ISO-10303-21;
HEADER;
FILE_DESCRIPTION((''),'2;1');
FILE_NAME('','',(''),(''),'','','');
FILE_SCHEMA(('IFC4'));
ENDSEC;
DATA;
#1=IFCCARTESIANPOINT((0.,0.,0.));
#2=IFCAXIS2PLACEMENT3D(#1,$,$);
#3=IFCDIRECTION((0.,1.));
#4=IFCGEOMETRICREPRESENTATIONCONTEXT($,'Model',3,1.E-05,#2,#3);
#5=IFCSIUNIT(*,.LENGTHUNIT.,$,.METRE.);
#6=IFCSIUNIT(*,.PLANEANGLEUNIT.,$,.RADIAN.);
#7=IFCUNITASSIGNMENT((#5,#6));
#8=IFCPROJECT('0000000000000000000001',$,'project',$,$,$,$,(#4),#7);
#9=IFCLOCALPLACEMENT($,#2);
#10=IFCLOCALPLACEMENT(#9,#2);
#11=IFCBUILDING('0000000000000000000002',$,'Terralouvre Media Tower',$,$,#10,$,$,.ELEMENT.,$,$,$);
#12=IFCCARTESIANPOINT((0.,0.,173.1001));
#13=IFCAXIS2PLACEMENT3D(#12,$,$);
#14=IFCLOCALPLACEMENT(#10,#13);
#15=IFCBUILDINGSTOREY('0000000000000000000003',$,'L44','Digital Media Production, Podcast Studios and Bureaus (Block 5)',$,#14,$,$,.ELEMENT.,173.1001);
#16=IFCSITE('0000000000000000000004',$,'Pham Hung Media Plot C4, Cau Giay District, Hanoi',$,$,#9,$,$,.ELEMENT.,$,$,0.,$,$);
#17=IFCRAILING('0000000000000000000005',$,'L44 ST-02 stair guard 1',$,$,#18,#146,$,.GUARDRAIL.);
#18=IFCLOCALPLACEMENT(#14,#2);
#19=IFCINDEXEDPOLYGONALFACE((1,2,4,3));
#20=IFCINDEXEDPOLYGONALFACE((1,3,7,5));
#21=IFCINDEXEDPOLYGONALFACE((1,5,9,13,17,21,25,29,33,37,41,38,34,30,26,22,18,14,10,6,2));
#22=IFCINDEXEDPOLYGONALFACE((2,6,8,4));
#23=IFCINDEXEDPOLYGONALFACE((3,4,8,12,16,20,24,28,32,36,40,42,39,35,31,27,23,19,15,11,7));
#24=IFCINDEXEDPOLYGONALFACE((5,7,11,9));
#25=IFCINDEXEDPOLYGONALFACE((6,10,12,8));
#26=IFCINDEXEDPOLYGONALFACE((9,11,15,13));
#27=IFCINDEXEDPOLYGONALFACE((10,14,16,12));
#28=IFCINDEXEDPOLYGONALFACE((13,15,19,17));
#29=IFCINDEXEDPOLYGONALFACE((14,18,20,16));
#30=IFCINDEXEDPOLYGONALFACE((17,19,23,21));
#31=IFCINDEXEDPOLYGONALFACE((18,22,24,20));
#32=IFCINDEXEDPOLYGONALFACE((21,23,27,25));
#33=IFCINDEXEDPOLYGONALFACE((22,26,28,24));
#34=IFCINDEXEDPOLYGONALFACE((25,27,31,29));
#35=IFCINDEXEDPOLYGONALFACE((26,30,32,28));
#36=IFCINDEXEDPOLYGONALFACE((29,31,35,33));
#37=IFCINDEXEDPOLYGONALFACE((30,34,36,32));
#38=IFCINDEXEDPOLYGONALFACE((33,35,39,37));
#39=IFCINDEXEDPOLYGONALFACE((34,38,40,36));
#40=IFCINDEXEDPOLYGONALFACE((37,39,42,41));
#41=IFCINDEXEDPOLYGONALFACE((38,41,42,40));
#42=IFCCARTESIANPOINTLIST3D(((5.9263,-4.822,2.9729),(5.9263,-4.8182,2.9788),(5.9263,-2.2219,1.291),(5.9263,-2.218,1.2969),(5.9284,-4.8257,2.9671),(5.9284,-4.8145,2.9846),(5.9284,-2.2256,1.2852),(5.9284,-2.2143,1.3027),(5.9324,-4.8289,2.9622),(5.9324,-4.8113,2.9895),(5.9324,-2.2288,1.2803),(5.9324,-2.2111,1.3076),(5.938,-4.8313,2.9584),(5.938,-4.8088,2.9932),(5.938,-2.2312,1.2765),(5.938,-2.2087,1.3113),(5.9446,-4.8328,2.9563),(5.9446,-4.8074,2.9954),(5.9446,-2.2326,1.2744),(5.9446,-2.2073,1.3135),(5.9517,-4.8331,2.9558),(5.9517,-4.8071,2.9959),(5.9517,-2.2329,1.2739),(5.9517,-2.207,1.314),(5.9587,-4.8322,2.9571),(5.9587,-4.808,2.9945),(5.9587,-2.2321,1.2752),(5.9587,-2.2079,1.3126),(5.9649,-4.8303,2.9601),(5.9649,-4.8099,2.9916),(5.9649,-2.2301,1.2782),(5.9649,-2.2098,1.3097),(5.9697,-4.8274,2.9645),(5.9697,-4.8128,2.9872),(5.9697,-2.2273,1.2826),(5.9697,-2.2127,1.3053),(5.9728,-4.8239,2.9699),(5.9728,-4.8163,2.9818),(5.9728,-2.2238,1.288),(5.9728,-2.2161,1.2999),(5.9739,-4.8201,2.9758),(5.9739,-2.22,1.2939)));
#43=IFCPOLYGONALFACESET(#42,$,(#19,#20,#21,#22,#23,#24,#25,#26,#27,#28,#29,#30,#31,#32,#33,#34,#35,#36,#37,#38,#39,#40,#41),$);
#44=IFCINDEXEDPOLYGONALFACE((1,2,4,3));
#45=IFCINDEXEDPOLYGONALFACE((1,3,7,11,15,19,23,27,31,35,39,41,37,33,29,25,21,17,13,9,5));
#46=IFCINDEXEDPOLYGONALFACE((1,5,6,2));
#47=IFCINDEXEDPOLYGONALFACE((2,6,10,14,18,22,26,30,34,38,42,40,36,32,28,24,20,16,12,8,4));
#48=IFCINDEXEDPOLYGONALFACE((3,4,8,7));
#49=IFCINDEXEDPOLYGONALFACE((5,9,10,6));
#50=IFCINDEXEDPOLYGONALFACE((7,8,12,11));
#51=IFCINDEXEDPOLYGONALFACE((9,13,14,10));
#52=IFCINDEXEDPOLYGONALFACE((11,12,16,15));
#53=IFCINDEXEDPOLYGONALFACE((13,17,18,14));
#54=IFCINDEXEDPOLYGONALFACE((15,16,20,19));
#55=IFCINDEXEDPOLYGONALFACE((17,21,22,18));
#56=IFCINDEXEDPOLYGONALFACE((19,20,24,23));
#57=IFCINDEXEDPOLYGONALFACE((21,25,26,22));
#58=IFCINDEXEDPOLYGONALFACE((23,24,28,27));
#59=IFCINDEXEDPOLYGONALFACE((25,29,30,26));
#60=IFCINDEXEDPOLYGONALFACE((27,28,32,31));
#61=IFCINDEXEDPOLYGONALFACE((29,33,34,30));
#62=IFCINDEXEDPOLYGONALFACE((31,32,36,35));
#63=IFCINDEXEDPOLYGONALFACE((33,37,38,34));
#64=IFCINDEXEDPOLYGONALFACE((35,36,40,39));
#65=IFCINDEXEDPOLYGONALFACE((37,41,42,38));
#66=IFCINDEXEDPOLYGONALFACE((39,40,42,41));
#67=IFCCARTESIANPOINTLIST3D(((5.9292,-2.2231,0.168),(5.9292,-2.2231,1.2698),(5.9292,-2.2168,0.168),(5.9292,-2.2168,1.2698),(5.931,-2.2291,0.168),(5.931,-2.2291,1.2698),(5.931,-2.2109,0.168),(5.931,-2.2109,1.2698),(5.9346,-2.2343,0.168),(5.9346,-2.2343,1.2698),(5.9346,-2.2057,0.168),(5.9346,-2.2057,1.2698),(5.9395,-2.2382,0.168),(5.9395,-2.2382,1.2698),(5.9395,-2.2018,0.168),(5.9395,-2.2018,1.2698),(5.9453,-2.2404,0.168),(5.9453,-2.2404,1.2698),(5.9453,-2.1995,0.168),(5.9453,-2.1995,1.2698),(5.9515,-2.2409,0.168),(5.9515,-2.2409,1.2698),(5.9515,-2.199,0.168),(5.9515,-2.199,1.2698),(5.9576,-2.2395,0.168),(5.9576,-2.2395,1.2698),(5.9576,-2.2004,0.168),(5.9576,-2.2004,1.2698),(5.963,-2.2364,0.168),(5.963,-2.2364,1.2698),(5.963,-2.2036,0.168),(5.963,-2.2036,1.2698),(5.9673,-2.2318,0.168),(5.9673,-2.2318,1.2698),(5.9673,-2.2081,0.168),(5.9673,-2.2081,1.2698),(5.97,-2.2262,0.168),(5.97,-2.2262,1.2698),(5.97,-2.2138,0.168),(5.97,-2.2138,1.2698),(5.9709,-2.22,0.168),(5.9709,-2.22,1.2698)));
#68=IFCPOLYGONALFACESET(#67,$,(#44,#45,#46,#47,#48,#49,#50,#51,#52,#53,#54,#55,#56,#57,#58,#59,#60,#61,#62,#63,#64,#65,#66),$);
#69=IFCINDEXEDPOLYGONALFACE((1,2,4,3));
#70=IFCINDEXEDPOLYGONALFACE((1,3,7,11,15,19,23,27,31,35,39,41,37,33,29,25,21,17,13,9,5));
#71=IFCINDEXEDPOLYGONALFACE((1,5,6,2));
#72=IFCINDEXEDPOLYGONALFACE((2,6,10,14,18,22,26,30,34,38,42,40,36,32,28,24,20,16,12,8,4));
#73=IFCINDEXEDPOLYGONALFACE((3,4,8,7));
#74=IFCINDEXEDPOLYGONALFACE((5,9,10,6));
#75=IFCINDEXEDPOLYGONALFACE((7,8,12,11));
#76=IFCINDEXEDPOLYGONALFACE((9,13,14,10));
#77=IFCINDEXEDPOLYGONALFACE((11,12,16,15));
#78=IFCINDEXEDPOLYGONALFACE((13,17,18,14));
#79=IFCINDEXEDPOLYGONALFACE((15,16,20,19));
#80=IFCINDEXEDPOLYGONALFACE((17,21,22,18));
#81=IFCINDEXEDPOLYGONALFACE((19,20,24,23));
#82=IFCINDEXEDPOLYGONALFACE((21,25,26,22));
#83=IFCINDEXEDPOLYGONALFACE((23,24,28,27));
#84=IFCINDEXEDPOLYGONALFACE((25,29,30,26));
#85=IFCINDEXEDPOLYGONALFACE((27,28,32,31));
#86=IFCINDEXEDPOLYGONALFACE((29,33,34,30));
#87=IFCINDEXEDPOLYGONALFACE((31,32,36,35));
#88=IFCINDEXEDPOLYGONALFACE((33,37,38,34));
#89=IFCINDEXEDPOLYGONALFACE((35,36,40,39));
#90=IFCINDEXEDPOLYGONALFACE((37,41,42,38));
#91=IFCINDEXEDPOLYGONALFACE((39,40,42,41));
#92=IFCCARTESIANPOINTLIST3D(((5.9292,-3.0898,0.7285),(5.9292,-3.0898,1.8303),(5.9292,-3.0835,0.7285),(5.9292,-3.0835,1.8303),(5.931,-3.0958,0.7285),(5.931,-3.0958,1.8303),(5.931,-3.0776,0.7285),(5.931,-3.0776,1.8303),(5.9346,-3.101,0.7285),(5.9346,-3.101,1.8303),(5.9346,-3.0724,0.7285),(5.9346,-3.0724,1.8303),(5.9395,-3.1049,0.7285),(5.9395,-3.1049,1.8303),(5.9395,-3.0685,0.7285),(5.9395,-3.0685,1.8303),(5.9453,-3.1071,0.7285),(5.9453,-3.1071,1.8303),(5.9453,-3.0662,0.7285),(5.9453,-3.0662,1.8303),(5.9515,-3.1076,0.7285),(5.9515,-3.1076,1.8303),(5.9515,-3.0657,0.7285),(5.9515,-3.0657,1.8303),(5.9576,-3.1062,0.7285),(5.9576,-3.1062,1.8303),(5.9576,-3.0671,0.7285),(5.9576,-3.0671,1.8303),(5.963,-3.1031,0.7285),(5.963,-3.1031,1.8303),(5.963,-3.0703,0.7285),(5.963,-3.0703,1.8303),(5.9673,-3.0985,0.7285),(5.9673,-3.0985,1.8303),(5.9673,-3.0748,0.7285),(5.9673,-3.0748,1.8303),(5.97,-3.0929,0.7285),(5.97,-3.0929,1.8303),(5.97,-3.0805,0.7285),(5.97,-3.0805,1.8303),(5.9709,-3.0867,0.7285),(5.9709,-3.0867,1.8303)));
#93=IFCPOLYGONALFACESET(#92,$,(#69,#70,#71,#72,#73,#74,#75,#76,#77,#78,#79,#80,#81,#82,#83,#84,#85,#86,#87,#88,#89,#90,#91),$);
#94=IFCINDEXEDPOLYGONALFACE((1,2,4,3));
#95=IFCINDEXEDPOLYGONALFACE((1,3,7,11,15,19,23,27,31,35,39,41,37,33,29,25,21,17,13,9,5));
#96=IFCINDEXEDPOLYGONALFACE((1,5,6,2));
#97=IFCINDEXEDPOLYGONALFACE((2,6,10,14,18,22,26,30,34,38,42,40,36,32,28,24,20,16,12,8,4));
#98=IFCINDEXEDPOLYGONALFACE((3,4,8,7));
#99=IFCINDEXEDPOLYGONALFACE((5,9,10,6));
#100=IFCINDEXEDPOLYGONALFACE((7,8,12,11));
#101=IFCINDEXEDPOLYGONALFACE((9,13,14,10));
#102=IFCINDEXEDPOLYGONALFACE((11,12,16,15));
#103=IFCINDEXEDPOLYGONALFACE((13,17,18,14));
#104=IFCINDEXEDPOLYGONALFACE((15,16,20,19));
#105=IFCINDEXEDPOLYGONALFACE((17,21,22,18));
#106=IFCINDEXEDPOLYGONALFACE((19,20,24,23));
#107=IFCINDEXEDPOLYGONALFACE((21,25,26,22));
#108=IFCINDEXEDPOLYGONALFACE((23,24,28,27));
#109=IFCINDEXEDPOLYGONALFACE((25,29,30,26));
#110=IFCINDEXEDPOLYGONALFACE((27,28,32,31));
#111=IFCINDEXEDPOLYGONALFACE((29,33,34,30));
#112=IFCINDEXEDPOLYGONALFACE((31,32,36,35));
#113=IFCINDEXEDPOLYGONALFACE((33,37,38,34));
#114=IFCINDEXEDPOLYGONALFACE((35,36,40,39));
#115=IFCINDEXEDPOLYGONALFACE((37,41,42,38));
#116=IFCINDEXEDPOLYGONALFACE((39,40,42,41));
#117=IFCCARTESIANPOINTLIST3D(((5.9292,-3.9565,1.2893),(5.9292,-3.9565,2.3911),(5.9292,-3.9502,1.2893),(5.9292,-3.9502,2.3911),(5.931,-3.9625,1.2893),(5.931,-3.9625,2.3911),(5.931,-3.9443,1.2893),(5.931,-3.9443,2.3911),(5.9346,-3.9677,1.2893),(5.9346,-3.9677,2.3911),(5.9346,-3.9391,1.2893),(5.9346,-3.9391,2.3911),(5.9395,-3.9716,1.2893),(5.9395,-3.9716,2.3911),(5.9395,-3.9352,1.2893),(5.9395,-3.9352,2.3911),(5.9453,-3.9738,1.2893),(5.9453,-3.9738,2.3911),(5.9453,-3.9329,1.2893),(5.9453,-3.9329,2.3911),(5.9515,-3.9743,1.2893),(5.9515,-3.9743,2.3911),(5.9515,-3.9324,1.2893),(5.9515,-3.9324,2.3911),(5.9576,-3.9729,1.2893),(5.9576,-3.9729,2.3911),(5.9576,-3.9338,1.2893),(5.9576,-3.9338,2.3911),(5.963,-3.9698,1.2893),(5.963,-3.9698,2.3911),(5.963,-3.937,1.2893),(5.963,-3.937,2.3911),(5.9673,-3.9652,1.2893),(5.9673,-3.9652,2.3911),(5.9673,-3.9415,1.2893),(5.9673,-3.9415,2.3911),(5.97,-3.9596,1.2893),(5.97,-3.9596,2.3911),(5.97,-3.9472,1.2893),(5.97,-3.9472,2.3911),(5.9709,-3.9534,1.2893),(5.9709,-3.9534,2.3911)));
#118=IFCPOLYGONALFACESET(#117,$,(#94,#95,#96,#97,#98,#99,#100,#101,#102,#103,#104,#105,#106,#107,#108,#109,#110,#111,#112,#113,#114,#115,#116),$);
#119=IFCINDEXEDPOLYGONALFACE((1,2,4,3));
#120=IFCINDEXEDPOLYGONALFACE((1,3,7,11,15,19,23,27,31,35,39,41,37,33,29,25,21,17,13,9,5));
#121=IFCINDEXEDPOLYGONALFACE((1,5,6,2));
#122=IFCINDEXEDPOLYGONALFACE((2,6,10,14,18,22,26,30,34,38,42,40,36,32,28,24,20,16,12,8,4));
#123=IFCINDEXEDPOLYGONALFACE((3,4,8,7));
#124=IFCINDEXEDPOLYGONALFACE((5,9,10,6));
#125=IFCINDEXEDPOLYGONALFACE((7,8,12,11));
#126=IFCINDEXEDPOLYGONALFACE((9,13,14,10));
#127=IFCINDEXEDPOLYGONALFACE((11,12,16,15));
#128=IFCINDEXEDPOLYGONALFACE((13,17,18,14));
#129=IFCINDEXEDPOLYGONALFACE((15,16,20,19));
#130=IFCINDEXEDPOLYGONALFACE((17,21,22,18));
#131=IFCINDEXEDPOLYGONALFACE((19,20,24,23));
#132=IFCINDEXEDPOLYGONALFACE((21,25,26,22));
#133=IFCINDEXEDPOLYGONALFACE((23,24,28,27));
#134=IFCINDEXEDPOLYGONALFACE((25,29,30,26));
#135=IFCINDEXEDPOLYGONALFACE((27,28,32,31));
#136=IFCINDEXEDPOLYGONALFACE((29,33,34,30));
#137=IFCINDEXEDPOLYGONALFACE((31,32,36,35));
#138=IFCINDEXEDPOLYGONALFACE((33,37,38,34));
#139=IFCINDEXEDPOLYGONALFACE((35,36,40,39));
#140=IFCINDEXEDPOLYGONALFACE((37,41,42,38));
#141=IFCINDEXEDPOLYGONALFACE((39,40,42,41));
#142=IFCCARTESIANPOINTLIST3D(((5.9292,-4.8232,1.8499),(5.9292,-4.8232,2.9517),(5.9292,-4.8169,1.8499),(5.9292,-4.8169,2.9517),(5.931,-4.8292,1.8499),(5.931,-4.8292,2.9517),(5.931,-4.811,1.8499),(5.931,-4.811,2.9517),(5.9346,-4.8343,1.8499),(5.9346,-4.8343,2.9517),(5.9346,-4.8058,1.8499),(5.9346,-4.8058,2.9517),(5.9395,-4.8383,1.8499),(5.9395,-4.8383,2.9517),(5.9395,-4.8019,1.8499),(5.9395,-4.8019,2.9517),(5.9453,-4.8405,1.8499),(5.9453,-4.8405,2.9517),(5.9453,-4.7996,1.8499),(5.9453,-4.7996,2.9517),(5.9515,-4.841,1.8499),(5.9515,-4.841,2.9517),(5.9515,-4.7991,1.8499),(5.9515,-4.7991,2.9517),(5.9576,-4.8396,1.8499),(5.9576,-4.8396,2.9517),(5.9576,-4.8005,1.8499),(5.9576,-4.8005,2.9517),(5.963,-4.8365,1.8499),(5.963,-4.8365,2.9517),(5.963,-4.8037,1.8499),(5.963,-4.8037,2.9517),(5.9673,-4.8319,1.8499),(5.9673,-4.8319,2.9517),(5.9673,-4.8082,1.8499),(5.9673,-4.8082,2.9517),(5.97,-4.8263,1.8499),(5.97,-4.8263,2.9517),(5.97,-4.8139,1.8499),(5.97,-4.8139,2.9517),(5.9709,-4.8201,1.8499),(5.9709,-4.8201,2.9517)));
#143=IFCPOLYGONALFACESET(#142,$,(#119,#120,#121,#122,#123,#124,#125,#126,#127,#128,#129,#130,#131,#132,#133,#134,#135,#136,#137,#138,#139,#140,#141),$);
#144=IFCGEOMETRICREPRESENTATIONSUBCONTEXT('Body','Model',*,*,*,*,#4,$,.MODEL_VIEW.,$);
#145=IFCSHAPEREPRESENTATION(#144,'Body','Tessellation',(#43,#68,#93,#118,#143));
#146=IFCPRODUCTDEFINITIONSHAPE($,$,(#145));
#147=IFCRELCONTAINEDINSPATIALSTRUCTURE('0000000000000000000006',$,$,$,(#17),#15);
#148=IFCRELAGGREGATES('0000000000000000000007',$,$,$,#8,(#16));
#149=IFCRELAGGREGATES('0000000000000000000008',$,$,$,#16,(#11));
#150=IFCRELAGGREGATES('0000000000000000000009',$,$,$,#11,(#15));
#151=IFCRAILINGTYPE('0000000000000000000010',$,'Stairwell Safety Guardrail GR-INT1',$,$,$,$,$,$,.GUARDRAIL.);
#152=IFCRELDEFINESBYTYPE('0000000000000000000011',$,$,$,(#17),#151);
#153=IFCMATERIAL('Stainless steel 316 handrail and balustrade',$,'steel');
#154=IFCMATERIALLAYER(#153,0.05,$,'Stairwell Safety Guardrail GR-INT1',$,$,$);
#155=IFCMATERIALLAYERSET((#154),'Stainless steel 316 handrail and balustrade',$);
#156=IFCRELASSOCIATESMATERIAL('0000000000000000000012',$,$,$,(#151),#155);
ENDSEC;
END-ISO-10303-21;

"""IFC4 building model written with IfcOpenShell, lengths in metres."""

from ifc_helpers import new_model, si_unit, direction, frame, origin, origin_2d, place, context, subcontext, project, spatial, circle, extrude, material, layer, layer_set, type_object, element, save


model = new_model("IFC4")

# Units and contexts
model_context = context("Model", 3, precision=1e-05, world=origin(), true_north=direction((0.0, 1.0)))
body_context = subcontext(model_context, "Body", "Model", "MODEL_VIEW")
ifc_project = project(units=[si_unit("LENGTHUNIT", "METRE"), si_unit("PLANEANGLEUNIT", "RADIAN")], contexts=[model_context])

# Site, building, storey
site_placement = place(None, origin())
site = spatial("IfcSite", under=ifc_project, at=site_placement, Name="Pham Hung Media Plot C4, Cau Giay District, Hanoi", CompositionType="ELEMENT", RefElevation=0.0)
building_placement = place(site_placement, origin())
building = spatial("IfcBuilding", under=site, at=building_placement, Name="Terralouvre Media Tower", CompositionType="ELEMENT")
storey_placement = place(building_placement, frame((0.0, 0.0, 173.1001)))
storey = spatial("IfcBuildingStorey", under=building, at=storey_placement, Name="L44", Description="Digital Media Production, Podcast Studios and Bureaus (Block 5)", CompositionType="ELEMENT", Elevation=173.1001)

# Railing
ifc_material_1 = material(Name="Stainless steel 316 handrail and balustrade", Category="steel")
ifc_layer_1 = layer(ifc_material_1, 0.05, Name="Stairwell Safety Guardrail GR-INT1")
ifc_layer_set_1 = layer_set([ifc_layer_1], Name="Stainless steel 316 handrail and balustrade")
railing_type_1 = type_object("IfcRailingType", Name="Stairwell Safety Guardrail GR-INT1", PredefinedType="GUARDRAIL", material=ifc_layer_set_1)
railing_1_placement = place(storey_placement, frame((5.95, -2.22, 0.168)))
element("IfcRailing", 1, at=railing_1_placement, inside=storey, type_object=railing_type_1, Name="L44 ST-02 stair guard 1", PredefinedType="GUARDRAIL", context=body_context, shape_type="SweptSolid", body=[
    extrude(circle(Radius=0.0239, at=origin_2d()), frame((0.0, 0.0, 1.126), z_axis=(0.0, -0.839648, 0.54313), x_axis=(1.0, 0.0, 0.0)), (0.0, 0.0, 1.0), 3.0967),
    extrude(circle(Radius=0.021, at=origin_2d()), origin(), (0.0, 0.0, 1.0), 1.1018),
    extrude(circle(Radius=0.021, at=origin_2d()), frame((0.0, -0.8667, 0.5605)), (0.0, 0.0, 1.0), 1.1018),
    extrude(circle(Radius=0.021, at=origin_2d()), frame((0.0, -1.7334, 1.1213)), (0.0, 0.0, 1.0), 1.1018),
    extrude(circle(Radius=0.021, at=origin_2d()), frame((0.0, -2.6001, 1.6819)), (0.0, 0.0, 1.0), 1.1018),
])

save(model, "model.ifc")
